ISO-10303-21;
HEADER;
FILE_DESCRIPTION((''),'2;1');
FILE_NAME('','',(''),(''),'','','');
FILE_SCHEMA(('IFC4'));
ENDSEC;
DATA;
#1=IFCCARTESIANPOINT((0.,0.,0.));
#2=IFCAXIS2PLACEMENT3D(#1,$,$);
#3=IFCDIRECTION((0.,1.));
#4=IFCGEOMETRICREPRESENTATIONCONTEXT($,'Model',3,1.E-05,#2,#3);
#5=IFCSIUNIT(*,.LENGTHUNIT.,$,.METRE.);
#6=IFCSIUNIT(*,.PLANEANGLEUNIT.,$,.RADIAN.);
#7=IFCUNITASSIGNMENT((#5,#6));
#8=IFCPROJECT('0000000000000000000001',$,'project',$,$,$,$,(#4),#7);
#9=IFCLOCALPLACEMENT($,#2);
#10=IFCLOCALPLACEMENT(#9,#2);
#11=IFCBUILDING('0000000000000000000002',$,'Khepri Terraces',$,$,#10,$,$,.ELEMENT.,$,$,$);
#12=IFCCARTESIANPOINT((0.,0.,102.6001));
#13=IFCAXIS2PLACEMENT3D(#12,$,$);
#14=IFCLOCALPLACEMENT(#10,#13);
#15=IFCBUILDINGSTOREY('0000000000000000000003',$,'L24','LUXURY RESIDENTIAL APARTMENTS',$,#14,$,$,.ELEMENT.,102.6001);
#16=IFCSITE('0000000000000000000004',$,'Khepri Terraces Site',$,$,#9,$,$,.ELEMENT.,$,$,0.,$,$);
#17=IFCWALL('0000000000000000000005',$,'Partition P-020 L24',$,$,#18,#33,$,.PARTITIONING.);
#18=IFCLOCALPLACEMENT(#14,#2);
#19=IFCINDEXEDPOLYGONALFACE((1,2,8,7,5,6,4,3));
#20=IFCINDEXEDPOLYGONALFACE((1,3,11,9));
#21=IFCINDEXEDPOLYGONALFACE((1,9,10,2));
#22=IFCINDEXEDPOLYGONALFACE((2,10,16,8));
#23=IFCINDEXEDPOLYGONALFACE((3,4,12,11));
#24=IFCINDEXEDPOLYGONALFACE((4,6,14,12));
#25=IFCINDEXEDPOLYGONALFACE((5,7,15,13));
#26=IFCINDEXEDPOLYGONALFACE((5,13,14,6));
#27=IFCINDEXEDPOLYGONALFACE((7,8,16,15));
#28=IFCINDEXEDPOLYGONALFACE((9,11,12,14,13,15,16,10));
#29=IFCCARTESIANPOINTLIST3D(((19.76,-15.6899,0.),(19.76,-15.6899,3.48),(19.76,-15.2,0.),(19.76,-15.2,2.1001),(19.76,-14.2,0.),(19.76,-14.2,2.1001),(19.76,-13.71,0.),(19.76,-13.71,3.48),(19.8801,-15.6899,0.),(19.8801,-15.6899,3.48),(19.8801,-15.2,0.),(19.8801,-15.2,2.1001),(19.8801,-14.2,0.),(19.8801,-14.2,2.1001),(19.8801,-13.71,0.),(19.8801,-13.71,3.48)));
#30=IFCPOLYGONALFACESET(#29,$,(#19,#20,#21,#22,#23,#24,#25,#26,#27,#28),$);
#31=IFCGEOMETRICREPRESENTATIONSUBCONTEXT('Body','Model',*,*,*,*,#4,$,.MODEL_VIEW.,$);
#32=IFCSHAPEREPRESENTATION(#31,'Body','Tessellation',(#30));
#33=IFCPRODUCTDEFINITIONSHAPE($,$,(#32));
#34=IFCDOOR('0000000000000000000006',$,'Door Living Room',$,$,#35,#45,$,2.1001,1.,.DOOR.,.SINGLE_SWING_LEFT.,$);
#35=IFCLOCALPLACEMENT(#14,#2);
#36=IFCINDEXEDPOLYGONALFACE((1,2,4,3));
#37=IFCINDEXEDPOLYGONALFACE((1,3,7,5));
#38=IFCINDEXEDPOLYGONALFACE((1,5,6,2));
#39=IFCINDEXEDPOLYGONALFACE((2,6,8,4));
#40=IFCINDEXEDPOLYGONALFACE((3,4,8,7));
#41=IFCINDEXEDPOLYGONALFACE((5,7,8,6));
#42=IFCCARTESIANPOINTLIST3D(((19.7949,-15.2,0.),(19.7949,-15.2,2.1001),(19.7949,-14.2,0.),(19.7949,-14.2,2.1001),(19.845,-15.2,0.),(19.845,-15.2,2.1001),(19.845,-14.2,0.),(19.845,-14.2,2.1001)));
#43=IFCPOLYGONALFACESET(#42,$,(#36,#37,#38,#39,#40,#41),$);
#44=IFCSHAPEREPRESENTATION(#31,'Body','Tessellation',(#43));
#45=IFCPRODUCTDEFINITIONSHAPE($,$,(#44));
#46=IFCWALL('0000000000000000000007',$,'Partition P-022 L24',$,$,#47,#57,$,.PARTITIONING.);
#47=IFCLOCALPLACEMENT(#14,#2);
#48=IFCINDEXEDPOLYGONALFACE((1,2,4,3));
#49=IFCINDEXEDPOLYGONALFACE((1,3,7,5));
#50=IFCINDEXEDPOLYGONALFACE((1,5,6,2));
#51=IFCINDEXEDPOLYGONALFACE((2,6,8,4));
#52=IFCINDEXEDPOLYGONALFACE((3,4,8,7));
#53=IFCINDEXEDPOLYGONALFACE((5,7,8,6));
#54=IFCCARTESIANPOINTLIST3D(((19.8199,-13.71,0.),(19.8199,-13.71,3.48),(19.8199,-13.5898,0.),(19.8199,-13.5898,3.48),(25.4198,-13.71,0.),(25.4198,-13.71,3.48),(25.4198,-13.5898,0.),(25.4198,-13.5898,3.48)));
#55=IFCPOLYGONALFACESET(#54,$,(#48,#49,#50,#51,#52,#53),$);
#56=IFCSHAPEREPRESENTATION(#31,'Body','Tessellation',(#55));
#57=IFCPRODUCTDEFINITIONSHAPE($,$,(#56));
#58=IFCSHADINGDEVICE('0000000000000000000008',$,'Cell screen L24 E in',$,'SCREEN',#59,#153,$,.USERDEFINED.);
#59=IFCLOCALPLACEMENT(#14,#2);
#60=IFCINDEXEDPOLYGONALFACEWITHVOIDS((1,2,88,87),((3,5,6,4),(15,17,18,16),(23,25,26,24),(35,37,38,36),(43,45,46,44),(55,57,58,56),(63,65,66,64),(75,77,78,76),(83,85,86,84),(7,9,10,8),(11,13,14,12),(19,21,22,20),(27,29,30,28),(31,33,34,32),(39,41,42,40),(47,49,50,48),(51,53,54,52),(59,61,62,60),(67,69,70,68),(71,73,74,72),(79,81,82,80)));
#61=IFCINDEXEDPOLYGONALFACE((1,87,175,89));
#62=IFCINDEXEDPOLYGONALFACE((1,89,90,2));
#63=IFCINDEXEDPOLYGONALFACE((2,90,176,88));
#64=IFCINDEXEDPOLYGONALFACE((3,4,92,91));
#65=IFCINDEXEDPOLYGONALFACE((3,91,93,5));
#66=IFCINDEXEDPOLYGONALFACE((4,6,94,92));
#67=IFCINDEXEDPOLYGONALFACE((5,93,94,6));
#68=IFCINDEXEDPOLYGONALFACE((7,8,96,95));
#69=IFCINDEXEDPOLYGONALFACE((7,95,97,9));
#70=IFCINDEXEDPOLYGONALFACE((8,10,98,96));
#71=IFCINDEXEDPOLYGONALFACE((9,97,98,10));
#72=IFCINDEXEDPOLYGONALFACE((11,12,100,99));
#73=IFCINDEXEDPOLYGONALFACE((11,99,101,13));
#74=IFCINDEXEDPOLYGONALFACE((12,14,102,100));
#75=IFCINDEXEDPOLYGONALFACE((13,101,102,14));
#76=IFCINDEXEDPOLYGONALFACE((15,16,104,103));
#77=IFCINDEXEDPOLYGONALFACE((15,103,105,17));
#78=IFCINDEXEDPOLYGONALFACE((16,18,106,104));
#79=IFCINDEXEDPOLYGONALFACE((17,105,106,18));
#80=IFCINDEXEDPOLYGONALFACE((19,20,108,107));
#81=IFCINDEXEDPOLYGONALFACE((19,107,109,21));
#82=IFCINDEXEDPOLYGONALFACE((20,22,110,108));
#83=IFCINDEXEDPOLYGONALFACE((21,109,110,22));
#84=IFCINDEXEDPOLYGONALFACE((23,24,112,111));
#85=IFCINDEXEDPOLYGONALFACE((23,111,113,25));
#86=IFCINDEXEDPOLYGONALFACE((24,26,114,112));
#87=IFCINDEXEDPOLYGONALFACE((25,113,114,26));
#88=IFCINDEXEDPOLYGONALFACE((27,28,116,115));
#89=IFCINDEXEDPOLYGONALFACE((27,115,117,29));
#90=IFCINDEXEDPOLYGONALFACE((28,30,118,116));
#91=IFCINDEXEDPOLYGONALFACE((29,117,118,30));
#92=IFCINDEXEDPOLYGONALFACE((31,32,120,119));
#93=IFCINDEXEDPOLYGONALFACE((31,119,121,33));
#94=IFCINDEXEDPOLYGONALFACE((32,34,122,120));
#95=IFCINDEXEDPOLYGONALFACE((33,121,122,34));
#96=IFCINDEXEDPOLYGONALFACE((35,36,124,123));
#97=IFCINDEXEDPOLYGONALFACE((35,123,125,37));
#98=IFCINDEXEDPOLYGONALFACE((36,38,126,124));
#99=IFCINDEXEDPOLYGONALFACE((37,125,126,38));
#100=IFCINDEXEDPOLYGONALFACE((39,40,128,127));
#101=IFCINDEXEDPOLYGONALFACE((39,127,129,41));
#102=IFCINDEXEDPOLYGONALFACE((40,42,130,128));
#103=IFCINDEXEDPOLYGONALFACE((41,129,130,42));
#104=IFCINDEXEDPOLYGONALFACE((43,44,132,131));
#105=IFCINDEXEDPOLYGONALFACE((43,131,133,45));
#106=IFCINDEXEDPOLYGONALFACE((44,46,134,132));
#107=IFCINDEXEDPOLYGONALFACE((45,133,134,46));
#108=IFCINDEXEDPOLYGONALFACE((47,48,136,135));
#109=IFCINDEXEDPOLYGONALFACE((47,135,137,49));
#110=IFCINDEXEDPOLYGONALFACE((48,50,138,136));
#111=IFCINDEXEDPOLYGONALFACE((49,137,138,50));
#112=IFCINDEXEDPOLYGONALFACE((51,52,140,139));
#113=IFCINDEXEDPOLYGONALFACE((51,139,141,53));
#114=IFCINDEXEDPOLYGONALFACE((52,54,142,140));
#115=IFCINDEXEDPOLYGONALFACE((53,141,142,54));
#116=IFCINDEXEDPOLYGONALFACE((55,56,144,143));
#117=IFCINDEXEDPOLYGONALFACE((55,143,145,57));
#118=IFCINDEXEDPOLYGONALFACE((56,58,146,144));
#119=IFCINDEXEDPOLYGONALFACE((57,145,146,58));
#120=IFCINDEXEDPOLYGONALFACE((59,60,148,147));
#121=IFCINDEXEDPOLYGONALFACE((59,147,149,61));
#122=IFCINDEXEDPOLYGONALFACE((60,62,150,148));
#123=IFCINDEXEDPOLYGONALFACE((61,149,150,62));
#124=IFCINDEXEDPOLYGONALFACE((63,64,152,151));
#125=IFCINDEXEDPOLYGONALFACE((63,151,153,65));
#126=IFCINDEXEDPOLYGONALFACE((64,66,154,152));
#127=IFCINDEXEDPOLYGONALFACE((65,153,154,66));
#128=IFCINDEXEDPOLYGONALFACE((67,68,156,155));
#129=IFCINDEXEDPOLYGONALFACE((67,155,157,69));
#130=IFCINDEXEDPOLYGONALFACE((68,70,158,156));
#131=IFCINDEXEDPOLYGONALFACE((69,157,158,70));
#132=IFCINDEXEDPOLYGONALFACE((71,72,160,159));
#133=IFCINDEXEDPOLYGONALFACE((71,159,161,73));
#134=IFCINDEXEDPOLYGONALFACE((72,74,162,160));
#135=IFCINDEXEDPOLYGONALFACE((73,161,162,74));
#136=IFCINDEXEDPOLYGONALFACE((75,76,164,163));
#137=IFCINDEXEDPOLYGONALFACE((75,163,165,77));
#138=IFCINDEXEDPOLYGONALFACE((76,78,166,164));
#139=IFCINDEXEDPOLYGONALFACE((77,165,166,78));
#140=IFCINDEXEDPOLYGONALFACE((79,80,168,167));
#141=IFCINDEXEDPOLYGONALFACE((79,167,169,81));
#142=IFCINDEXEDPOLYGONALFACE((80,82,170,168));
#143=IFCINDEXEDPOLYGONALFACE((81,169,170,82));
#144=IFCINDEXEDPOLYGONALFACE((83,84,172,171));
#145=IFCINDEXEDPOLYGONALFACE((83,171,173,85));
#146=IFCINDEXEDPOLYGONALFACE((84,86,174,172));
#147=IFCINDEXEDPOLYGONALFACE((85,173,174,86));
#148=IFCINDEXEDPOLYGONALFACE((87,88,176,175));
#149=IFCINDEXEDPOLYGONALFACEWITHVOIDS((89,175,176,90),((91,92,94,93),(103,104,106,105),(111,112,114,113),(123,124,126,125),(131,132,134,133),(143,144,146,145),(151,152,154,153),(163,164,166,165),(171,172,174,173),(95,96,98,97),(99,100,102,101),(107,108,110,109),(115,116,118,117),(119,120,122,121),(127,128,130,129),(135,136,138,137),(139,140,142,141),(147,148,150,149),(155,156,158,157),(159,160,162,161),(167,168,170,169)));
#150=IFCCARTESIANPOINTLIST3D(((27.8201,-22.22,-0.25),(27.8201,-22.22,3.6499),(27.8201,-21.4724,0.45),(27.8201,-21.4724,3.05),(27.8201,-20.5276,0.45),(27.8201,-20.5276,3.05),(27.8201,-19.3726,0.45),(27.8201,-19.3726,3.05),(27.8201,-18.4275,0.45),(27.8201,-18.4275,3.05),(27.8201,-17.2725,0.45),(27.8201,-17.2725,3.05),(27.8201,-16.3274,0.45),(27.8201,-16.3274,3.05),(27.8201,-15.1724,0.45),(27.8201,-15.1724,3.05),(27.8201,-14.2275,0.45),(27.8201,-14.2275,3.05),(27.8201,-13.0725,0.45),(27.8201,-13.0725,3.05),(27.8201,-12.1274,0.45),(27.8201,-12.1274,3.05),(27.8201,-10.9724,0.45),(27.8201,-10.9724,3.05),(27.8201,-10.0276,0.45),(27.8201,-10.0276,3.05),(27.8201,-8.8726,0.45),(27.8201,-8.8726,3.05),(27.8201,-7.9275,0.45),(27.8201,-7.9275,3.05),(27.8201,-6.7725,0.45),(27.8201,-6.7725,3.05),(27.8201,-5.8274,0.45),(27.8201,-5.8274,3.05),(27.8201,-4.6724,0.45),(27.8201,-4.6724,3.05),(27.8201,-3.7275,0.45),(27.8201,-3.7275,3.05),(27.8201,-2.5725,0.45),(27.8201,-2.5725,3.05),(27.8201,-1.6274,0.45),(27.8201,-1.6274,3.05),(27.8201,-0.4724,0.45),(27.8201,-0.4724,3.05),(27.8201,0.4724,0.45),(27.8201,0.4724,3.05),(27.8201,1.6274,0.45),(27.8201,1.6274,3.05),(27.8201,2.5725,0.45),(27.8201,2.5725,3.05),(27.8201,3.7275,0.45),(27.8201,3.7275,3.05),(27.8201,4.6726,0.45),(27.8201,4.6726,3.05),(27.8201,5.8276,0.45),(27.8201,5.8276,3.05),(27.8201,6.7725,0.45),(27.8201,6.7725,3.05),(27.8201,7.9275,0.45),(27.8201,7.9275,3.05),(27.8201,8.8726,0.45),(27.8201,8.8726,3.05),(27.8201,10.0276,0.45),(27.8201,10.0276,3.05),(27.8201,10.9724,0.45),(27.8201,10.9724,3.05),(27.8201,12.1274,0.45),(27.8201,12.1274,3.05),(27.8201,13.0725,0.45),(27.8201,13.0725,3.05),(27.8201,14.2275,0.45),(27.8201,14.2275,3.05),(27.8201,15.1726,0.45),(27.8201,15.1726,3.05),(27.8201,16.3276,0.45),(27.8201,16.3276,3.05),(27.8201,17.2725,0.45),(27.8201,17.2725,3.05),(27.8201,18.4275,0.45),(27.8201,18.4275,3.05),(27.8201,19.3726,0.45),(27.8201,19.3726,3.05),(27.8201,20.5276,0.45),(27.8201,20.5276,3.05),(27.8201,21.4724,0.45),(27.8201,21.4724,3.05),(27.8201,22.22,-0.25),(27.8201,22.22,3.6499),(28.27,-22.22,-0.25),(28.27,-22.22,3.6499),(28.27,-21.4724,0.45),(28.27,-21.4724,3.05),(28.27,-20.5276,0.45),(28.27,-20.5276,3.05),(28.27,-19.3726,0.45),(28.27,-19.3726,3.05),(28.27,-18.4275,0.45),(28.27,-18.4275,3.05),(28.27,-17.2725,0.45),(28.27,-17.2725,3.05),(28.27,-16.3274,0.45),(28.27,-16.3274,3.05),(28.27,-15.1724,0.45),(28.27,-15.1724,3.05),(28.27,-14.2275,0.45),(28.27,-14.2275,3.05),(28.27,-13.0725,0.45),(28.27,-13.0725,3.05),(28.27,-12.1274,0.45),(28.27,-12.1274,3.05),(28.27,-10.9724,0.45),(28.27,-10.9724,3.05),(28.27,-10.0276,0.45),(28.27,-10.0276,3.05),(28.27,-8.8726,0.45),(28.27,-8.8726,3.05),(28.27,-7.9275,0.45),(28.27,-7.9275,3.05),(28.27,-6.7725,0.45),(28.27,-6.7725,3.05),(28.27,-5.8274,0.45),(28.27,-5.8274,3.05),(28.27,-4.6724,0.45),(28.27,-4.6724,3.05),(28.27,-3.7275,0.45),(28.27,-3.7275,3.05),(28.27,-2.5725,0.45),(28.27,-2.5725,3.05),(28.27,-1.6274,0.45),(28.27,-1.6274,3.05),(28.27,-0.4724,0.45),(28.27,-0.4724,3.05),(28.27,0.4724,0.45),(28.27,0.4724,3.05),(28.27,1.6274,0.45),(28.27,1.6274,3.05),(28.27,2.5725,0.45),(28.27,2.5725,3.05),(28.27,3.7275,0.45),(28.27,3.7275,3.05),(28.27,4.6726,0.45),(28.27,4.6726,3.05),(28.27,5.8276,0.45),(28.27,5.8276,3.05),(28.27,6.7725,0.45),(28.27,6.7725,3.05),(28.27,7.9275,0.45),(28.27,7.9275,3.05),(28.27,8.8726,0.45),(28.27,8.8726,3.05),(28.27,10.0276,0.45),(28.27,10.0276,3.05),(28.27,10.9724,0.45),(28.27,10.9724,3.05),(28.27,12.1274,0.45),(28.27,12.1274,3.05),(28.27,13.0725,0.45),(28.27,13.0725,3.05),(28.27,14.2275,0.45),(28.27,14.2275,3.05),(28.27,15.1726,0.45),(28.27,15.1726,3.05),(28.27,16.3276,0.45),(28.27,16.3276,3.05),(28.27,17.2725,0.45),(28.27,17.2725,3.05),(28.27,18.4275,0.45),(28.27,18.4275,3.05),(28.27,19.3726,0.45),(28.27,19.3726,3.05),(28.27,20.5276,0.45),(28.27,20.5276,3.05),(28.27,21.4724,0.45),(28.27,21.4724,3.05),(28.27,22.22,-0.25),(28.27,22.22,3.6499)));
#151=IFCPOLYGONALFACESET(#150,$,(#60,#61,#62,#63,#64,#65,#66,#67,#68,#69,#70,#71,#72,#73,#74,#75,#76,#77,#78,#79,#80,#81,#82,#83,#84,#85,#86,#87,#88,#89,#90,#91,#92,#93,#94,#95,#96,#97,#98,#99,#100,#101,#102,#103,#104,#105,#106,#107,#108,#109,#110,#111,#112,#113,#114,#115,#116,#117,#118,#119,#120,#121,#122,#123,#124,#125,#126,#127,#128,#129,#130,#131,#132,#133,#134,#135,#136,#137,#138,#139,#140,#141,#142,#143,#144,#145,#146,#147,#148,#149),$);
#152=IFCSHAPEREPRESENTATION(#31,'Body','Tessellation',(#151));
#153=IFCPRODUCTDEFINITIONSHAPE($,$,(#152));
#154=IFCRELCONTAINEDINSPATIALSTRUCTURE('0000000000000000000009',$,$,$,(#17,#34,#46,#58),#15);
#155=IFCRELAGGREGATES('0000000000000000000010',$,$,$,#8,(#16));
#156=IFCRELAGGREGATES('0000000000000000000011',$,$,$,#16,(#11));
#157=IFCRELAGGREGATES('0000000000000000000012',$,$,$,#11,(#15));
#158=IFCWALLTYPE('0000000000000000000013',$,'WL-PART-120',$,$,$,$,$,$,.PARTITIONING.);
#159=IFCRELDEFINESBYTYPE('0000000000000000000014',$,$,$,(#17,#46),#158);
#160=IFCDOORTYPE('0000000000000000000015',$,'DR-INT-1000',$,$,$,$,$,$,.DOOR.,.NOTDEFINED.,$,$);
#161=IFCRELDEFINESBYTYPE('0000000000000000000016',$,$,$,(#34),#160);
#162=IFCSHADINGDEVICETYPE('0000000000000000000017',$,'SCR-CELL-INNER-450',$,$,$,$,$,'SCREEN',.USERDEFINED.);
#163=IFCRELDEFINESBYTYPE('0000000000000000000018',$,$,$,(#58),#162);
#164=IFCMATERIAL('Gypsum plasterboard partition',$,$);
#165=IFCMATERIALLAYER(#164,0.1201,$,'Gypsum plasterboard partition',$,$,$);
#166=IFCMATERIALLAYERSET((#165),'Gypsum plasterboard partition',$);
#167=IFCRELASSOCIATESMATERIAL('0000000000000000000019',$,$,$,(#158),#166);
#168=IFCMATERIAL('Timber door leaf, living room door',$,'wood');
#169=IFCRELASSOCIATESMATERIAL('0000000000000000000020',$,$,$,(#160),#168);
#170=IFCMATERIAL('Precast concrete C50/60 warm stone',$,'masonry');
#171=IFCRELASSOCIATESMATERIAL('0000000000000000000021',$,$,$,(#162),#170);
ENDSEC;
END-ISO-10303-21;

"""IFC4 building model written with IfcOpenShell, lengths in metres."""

from ifc_helpers import new_model, si_unit, direction, frame, frame_2d, origin, place, context, subcontext, project, spatial, polyline, rectangle, outline, extrude, material, layer, layer_set, type_object, element, fill, save


model = new_model("IFC4")

# Units and contexts
model_context = context("Model", 3, precision=1e-05, world=origin(), true_north=direction((0.0, 1.0)))
body_context = subcontext(model_context, "Body", "Model", "MODEL_VIEW")
ifc_project = project(units=[si_unit("LENGTHUNIT", "METRE"), si_unit("PLANEANGLEUNIT", "RADIAN")], contexts=[model_context])

# Site, building, storey
site_placement = place(None, origin())
site = spatial("IfcSite", under=ifc_project, at=site_placement, Name="Khepri Terraces Site", CompositionType="ELEMENT", RefElevation=0.0)
building_placement = place(site_placement, origin())
building = spatial("IfcBuilding", under=site, at=building_placement, Name="Khepri Terraces", CompositionType="ELEMENT")
storey_placement = place(building_placement, frame((0.0, 0.0, 102.6001)))
storey = spatial("IfcBuildingStorey", under=building, at=storey_placement, Name="L24", Description="LUXURY RESIDENTIAL APARTMENTS", CompositionType="ELEMENT", Elevation=102.6001)

# Shared definitions
ifc_material_1 = material(Name="Precast concrete C50/60 warm stone", Category="masonry")

# Shared definitions
ifc_material_2 = material(Name="Gypsum plasterboard partition")
ifc_layer_1 = layer(ifc_material_2, 0.1201, Name="Gypsum plasterboard partition")
ifc_layer_set_1 = layer_set([ifc_layer_1], Name="Gypsum plasterboard partition")
wall_type_1 = type_object("IfcWallType", Name="WL-PART-120", PredefinedType="PARTITIONING", material=ifc_layer_set_1)

# Wall, opening, door
ifc_material_3 = material(Name="Timber door leaf, living room door", Category="wood")
door_type_1 = type_object("IfcDoorType", Name="DR-INT-1000", OperationType="NOTDEFINED", PredefinedType="DOOR", material=ifc_material_3)
wall_1_placement = place(storey_placement, frame((19.8201, -15.6899, 0.0), z_axis=(0.0, 0.0, 1.0), x_axis=(0.0, 1.0, 0.0)))
wall_1 = element("IfcWall", 1, at=wall_1_placement, inside=storey, type_object=wall_type_1, Name="Partition P-020 L24", PredefinedType="PARTITIONING", context=body_context, shape_type="SweptSolid", body=[
    extrude(rectangle(XDim=1.98, YDim=0.1201, at=frame_2d((0.99, 0.0))), origin(), (0.0, 0.0, 1.0), 3.48),
])
opening_1_placement = place(wall_1_placement, frame((0.49, 0.0, 0.0)))
opening_1 = element("IfcOpeningElement", 2, at=opening_1_placement, cuts=wall_1, PredefinedType="OPENING", context=body_context, shape_type="SweptSolid", body=[
    extrude(rectangle(XDim=1.0, YDim=2.1001, at=frame_2d((0.5, 1.05))), frame((0.0, 0.0701, 0.0), z_axis=(0.0, -1.0, 0.0), x_axis=(1.0, 0.0, 0.0)), (0.0, 0.0, 1.0), 0.1401),
])
door_1_placement = place(opening_1_placement, frame((1.0, 0.0, 0.0), z_axis=(0.0, 0.0, 1.0), x_axis=(-1.0, 0.0, 0.0)))
door_1 = element("IfcDoor", 3, at=door_1_placement, inside=storey, type_object=door_type_1, Name="Door Living Room", OperationType="SINGLE_SWING_LEFT", OverallHeight=2.1001, OverallWidth=1.0, PredefinedType="DOOR", context=body_context, shape_type="SweptSolid", body=[
    extrude(rectangle(XDim=1.0, YDim=2.1001, at=frame_2d((0.5, 1.05))), frame((0.0, 0.0249, 0.0), z_axis=(0.0, -1.0, 0.0), x_axis=(1.0, 0.0, 0.0)), (0.0, 0.0, 1.0), 0.05),
])
fill(opening_1, door_1)

# Wall
wall_2_placement = place(storey_placement, frame((19.8201, -13.6499, 0.0), z_axis=(0.0, 0.0, 1.0), x_axis=(1.0, 0.0, 0.0)))
element("IfcWall", 4, at=wall_2_placement, inside=storey, type_object=wall_type_1, Name="Partition P-022 L24", PredefinedType="PARTITIONING", context=body_context, shape_type="SweptSolid", body=[
    extrude(rectangle(XDim=5.5999, YDim=0.1201, at=frame_2d((2.7998, 0.0))), origin(), (0.0, 0.0, 1.0), 3.48),
])

# Shading device
shading_device_type_1 = type_object("IfcShadingDeviceType", Name="SCR-CELL-INNER-450", ElementType="SCREEN", PredefinedType="USERDEFINED", material=ifc_material_1)
shading_device_1_placement = place(storey_placement, frame((27.8201, -22.22, -0.25), z_axis=(1.0, 0.0, 0.0), x_axis=(0.0, 1.0, 0.0)))
element("IfcShadingDevice", 5, at=shading_device_1_placement, inside=storey, type_object=shading_device_type_1, Name="Cell screen L24 E in", ObjectType="SCREEN", PredefinedType="USERDEFINED", context=body_context, shape_type="SweptSolid", body=[
    extrude(outline(polyline([(0.0, 0.0), (44.4399, 0.0), (44.4399, 3.8999), (0.0, 3.8999), (0.0, 0.0)]), holes=[polyline([(0.7476, 0.7), (1.6924, 0.7), (1.6924, 3.3), (0.7476, 3.3), (0.7476, 0.7)]), polyline([(2.8474, 0.7), (3.7925, 0.7), (3.7925, 3.3), (2.8474, 3.3), (2.8474, 0.7)]), polyline([(4.9475, 0.7), (5.8926, 0.7), (5.8926, 3.3), (4.9475, 3.3), (4.9475, 0.7)]), polyline([(7.0476, 0.7), (7.9924, 0.7), (7.9924, 3.3), (7.0476, 3.3), (7.0476, 0.7)]), polyline([(9.1475, 0.7), (10.0925, 0.7), (10.0925, 3.3), (9.1475, 3.3), (9.1475, 0.7)]), polyline([(11.2476, 0.7), (12.1924, 0.7), (12.1924, 3.3), (11.2476, 3.3), (11.2476, 0.7)]), polyline([(13.3474, 0.7), (14.2925, 0.7), (14.2925, 3.3), (13.3474, 3.3), (13.3474, 0.7)]), polyline([(15.4475, 0.7), (16.3926, 0.7), (16.3926, 3.3), (15.4475, 3.3), (15.4475, 0.7)]), polyline([(17.5476, 0.7), (18.4924, 0.7), (18.4924, 3.3), (17.5476, 3.3), (17.5476, 0.7)]), polyline([(19.6475, 0.7), (20.5925, 0.7), (20.5925, 3.3), (19.6475, 3.3), (19.6475, 0.7)]), polyline([(21.7476, 0.7), (22.6924, 0.7), (22.6924, 3.3), (21.7476, 3.3), (21.7476, 0.7)]), polyline([(23.8474, 0.7), (24.7925, 0.7), (24.7925, 3.3), (23.8474, 3.3), (23.8474, 0.7)]), polyline([(25.9475, 0.7), (26.8926, 0.7), (26.8926, 3.3), (25.9475, 3.3), (25.9475, 0.7)]), polyline([(28.0476, 0.7), (28.9924, 0.7), (28.9924, 3.3), (28.0476, 3.3), (28.0476, 0.7)]), polyline([(30.1475, 0.7), (31.0925, 0.7), (31.0925, 3.3), (30.1475, 3.3), (30.1475, 0.7)]), polyline([(32.2476, 0.7), (33.1924, 0.7), (33.1924, 3.3), (32.2476, 3.3), (32.2476, 0.7)]), polyline([(34.3474, 0.7), (35.2925, 0.7), (35.2925, 3.3), (34.3474, 3.3), (34.3474, 0.7)]), polyline([(36.4475, 0.7), (37.3926, 0.7), (37.3926, 3.3), (36.4475, 3.3), (36.4475, 0.7)]), polyline([(38.5476, 0.7), (39.4924, 0.7), (39.4924, 3.3), (38.5476, 3.3), (38.5476, 0.7)]), polyline([(40.6475, 0.7), (41.5925, 0.7), (41.5925, 3.3), (40.6475, 3.3), (40.6475, 0.7)]), polyline([(42.7476, 0.7), (43.6924, 0.7), (43.6924, 3.3), (42.7476, 3.3), (42.7476, 0.7)])]), origin(), (0.0, 0.0, 1.0), 0.45),
])

save(model, "model.ifc")
